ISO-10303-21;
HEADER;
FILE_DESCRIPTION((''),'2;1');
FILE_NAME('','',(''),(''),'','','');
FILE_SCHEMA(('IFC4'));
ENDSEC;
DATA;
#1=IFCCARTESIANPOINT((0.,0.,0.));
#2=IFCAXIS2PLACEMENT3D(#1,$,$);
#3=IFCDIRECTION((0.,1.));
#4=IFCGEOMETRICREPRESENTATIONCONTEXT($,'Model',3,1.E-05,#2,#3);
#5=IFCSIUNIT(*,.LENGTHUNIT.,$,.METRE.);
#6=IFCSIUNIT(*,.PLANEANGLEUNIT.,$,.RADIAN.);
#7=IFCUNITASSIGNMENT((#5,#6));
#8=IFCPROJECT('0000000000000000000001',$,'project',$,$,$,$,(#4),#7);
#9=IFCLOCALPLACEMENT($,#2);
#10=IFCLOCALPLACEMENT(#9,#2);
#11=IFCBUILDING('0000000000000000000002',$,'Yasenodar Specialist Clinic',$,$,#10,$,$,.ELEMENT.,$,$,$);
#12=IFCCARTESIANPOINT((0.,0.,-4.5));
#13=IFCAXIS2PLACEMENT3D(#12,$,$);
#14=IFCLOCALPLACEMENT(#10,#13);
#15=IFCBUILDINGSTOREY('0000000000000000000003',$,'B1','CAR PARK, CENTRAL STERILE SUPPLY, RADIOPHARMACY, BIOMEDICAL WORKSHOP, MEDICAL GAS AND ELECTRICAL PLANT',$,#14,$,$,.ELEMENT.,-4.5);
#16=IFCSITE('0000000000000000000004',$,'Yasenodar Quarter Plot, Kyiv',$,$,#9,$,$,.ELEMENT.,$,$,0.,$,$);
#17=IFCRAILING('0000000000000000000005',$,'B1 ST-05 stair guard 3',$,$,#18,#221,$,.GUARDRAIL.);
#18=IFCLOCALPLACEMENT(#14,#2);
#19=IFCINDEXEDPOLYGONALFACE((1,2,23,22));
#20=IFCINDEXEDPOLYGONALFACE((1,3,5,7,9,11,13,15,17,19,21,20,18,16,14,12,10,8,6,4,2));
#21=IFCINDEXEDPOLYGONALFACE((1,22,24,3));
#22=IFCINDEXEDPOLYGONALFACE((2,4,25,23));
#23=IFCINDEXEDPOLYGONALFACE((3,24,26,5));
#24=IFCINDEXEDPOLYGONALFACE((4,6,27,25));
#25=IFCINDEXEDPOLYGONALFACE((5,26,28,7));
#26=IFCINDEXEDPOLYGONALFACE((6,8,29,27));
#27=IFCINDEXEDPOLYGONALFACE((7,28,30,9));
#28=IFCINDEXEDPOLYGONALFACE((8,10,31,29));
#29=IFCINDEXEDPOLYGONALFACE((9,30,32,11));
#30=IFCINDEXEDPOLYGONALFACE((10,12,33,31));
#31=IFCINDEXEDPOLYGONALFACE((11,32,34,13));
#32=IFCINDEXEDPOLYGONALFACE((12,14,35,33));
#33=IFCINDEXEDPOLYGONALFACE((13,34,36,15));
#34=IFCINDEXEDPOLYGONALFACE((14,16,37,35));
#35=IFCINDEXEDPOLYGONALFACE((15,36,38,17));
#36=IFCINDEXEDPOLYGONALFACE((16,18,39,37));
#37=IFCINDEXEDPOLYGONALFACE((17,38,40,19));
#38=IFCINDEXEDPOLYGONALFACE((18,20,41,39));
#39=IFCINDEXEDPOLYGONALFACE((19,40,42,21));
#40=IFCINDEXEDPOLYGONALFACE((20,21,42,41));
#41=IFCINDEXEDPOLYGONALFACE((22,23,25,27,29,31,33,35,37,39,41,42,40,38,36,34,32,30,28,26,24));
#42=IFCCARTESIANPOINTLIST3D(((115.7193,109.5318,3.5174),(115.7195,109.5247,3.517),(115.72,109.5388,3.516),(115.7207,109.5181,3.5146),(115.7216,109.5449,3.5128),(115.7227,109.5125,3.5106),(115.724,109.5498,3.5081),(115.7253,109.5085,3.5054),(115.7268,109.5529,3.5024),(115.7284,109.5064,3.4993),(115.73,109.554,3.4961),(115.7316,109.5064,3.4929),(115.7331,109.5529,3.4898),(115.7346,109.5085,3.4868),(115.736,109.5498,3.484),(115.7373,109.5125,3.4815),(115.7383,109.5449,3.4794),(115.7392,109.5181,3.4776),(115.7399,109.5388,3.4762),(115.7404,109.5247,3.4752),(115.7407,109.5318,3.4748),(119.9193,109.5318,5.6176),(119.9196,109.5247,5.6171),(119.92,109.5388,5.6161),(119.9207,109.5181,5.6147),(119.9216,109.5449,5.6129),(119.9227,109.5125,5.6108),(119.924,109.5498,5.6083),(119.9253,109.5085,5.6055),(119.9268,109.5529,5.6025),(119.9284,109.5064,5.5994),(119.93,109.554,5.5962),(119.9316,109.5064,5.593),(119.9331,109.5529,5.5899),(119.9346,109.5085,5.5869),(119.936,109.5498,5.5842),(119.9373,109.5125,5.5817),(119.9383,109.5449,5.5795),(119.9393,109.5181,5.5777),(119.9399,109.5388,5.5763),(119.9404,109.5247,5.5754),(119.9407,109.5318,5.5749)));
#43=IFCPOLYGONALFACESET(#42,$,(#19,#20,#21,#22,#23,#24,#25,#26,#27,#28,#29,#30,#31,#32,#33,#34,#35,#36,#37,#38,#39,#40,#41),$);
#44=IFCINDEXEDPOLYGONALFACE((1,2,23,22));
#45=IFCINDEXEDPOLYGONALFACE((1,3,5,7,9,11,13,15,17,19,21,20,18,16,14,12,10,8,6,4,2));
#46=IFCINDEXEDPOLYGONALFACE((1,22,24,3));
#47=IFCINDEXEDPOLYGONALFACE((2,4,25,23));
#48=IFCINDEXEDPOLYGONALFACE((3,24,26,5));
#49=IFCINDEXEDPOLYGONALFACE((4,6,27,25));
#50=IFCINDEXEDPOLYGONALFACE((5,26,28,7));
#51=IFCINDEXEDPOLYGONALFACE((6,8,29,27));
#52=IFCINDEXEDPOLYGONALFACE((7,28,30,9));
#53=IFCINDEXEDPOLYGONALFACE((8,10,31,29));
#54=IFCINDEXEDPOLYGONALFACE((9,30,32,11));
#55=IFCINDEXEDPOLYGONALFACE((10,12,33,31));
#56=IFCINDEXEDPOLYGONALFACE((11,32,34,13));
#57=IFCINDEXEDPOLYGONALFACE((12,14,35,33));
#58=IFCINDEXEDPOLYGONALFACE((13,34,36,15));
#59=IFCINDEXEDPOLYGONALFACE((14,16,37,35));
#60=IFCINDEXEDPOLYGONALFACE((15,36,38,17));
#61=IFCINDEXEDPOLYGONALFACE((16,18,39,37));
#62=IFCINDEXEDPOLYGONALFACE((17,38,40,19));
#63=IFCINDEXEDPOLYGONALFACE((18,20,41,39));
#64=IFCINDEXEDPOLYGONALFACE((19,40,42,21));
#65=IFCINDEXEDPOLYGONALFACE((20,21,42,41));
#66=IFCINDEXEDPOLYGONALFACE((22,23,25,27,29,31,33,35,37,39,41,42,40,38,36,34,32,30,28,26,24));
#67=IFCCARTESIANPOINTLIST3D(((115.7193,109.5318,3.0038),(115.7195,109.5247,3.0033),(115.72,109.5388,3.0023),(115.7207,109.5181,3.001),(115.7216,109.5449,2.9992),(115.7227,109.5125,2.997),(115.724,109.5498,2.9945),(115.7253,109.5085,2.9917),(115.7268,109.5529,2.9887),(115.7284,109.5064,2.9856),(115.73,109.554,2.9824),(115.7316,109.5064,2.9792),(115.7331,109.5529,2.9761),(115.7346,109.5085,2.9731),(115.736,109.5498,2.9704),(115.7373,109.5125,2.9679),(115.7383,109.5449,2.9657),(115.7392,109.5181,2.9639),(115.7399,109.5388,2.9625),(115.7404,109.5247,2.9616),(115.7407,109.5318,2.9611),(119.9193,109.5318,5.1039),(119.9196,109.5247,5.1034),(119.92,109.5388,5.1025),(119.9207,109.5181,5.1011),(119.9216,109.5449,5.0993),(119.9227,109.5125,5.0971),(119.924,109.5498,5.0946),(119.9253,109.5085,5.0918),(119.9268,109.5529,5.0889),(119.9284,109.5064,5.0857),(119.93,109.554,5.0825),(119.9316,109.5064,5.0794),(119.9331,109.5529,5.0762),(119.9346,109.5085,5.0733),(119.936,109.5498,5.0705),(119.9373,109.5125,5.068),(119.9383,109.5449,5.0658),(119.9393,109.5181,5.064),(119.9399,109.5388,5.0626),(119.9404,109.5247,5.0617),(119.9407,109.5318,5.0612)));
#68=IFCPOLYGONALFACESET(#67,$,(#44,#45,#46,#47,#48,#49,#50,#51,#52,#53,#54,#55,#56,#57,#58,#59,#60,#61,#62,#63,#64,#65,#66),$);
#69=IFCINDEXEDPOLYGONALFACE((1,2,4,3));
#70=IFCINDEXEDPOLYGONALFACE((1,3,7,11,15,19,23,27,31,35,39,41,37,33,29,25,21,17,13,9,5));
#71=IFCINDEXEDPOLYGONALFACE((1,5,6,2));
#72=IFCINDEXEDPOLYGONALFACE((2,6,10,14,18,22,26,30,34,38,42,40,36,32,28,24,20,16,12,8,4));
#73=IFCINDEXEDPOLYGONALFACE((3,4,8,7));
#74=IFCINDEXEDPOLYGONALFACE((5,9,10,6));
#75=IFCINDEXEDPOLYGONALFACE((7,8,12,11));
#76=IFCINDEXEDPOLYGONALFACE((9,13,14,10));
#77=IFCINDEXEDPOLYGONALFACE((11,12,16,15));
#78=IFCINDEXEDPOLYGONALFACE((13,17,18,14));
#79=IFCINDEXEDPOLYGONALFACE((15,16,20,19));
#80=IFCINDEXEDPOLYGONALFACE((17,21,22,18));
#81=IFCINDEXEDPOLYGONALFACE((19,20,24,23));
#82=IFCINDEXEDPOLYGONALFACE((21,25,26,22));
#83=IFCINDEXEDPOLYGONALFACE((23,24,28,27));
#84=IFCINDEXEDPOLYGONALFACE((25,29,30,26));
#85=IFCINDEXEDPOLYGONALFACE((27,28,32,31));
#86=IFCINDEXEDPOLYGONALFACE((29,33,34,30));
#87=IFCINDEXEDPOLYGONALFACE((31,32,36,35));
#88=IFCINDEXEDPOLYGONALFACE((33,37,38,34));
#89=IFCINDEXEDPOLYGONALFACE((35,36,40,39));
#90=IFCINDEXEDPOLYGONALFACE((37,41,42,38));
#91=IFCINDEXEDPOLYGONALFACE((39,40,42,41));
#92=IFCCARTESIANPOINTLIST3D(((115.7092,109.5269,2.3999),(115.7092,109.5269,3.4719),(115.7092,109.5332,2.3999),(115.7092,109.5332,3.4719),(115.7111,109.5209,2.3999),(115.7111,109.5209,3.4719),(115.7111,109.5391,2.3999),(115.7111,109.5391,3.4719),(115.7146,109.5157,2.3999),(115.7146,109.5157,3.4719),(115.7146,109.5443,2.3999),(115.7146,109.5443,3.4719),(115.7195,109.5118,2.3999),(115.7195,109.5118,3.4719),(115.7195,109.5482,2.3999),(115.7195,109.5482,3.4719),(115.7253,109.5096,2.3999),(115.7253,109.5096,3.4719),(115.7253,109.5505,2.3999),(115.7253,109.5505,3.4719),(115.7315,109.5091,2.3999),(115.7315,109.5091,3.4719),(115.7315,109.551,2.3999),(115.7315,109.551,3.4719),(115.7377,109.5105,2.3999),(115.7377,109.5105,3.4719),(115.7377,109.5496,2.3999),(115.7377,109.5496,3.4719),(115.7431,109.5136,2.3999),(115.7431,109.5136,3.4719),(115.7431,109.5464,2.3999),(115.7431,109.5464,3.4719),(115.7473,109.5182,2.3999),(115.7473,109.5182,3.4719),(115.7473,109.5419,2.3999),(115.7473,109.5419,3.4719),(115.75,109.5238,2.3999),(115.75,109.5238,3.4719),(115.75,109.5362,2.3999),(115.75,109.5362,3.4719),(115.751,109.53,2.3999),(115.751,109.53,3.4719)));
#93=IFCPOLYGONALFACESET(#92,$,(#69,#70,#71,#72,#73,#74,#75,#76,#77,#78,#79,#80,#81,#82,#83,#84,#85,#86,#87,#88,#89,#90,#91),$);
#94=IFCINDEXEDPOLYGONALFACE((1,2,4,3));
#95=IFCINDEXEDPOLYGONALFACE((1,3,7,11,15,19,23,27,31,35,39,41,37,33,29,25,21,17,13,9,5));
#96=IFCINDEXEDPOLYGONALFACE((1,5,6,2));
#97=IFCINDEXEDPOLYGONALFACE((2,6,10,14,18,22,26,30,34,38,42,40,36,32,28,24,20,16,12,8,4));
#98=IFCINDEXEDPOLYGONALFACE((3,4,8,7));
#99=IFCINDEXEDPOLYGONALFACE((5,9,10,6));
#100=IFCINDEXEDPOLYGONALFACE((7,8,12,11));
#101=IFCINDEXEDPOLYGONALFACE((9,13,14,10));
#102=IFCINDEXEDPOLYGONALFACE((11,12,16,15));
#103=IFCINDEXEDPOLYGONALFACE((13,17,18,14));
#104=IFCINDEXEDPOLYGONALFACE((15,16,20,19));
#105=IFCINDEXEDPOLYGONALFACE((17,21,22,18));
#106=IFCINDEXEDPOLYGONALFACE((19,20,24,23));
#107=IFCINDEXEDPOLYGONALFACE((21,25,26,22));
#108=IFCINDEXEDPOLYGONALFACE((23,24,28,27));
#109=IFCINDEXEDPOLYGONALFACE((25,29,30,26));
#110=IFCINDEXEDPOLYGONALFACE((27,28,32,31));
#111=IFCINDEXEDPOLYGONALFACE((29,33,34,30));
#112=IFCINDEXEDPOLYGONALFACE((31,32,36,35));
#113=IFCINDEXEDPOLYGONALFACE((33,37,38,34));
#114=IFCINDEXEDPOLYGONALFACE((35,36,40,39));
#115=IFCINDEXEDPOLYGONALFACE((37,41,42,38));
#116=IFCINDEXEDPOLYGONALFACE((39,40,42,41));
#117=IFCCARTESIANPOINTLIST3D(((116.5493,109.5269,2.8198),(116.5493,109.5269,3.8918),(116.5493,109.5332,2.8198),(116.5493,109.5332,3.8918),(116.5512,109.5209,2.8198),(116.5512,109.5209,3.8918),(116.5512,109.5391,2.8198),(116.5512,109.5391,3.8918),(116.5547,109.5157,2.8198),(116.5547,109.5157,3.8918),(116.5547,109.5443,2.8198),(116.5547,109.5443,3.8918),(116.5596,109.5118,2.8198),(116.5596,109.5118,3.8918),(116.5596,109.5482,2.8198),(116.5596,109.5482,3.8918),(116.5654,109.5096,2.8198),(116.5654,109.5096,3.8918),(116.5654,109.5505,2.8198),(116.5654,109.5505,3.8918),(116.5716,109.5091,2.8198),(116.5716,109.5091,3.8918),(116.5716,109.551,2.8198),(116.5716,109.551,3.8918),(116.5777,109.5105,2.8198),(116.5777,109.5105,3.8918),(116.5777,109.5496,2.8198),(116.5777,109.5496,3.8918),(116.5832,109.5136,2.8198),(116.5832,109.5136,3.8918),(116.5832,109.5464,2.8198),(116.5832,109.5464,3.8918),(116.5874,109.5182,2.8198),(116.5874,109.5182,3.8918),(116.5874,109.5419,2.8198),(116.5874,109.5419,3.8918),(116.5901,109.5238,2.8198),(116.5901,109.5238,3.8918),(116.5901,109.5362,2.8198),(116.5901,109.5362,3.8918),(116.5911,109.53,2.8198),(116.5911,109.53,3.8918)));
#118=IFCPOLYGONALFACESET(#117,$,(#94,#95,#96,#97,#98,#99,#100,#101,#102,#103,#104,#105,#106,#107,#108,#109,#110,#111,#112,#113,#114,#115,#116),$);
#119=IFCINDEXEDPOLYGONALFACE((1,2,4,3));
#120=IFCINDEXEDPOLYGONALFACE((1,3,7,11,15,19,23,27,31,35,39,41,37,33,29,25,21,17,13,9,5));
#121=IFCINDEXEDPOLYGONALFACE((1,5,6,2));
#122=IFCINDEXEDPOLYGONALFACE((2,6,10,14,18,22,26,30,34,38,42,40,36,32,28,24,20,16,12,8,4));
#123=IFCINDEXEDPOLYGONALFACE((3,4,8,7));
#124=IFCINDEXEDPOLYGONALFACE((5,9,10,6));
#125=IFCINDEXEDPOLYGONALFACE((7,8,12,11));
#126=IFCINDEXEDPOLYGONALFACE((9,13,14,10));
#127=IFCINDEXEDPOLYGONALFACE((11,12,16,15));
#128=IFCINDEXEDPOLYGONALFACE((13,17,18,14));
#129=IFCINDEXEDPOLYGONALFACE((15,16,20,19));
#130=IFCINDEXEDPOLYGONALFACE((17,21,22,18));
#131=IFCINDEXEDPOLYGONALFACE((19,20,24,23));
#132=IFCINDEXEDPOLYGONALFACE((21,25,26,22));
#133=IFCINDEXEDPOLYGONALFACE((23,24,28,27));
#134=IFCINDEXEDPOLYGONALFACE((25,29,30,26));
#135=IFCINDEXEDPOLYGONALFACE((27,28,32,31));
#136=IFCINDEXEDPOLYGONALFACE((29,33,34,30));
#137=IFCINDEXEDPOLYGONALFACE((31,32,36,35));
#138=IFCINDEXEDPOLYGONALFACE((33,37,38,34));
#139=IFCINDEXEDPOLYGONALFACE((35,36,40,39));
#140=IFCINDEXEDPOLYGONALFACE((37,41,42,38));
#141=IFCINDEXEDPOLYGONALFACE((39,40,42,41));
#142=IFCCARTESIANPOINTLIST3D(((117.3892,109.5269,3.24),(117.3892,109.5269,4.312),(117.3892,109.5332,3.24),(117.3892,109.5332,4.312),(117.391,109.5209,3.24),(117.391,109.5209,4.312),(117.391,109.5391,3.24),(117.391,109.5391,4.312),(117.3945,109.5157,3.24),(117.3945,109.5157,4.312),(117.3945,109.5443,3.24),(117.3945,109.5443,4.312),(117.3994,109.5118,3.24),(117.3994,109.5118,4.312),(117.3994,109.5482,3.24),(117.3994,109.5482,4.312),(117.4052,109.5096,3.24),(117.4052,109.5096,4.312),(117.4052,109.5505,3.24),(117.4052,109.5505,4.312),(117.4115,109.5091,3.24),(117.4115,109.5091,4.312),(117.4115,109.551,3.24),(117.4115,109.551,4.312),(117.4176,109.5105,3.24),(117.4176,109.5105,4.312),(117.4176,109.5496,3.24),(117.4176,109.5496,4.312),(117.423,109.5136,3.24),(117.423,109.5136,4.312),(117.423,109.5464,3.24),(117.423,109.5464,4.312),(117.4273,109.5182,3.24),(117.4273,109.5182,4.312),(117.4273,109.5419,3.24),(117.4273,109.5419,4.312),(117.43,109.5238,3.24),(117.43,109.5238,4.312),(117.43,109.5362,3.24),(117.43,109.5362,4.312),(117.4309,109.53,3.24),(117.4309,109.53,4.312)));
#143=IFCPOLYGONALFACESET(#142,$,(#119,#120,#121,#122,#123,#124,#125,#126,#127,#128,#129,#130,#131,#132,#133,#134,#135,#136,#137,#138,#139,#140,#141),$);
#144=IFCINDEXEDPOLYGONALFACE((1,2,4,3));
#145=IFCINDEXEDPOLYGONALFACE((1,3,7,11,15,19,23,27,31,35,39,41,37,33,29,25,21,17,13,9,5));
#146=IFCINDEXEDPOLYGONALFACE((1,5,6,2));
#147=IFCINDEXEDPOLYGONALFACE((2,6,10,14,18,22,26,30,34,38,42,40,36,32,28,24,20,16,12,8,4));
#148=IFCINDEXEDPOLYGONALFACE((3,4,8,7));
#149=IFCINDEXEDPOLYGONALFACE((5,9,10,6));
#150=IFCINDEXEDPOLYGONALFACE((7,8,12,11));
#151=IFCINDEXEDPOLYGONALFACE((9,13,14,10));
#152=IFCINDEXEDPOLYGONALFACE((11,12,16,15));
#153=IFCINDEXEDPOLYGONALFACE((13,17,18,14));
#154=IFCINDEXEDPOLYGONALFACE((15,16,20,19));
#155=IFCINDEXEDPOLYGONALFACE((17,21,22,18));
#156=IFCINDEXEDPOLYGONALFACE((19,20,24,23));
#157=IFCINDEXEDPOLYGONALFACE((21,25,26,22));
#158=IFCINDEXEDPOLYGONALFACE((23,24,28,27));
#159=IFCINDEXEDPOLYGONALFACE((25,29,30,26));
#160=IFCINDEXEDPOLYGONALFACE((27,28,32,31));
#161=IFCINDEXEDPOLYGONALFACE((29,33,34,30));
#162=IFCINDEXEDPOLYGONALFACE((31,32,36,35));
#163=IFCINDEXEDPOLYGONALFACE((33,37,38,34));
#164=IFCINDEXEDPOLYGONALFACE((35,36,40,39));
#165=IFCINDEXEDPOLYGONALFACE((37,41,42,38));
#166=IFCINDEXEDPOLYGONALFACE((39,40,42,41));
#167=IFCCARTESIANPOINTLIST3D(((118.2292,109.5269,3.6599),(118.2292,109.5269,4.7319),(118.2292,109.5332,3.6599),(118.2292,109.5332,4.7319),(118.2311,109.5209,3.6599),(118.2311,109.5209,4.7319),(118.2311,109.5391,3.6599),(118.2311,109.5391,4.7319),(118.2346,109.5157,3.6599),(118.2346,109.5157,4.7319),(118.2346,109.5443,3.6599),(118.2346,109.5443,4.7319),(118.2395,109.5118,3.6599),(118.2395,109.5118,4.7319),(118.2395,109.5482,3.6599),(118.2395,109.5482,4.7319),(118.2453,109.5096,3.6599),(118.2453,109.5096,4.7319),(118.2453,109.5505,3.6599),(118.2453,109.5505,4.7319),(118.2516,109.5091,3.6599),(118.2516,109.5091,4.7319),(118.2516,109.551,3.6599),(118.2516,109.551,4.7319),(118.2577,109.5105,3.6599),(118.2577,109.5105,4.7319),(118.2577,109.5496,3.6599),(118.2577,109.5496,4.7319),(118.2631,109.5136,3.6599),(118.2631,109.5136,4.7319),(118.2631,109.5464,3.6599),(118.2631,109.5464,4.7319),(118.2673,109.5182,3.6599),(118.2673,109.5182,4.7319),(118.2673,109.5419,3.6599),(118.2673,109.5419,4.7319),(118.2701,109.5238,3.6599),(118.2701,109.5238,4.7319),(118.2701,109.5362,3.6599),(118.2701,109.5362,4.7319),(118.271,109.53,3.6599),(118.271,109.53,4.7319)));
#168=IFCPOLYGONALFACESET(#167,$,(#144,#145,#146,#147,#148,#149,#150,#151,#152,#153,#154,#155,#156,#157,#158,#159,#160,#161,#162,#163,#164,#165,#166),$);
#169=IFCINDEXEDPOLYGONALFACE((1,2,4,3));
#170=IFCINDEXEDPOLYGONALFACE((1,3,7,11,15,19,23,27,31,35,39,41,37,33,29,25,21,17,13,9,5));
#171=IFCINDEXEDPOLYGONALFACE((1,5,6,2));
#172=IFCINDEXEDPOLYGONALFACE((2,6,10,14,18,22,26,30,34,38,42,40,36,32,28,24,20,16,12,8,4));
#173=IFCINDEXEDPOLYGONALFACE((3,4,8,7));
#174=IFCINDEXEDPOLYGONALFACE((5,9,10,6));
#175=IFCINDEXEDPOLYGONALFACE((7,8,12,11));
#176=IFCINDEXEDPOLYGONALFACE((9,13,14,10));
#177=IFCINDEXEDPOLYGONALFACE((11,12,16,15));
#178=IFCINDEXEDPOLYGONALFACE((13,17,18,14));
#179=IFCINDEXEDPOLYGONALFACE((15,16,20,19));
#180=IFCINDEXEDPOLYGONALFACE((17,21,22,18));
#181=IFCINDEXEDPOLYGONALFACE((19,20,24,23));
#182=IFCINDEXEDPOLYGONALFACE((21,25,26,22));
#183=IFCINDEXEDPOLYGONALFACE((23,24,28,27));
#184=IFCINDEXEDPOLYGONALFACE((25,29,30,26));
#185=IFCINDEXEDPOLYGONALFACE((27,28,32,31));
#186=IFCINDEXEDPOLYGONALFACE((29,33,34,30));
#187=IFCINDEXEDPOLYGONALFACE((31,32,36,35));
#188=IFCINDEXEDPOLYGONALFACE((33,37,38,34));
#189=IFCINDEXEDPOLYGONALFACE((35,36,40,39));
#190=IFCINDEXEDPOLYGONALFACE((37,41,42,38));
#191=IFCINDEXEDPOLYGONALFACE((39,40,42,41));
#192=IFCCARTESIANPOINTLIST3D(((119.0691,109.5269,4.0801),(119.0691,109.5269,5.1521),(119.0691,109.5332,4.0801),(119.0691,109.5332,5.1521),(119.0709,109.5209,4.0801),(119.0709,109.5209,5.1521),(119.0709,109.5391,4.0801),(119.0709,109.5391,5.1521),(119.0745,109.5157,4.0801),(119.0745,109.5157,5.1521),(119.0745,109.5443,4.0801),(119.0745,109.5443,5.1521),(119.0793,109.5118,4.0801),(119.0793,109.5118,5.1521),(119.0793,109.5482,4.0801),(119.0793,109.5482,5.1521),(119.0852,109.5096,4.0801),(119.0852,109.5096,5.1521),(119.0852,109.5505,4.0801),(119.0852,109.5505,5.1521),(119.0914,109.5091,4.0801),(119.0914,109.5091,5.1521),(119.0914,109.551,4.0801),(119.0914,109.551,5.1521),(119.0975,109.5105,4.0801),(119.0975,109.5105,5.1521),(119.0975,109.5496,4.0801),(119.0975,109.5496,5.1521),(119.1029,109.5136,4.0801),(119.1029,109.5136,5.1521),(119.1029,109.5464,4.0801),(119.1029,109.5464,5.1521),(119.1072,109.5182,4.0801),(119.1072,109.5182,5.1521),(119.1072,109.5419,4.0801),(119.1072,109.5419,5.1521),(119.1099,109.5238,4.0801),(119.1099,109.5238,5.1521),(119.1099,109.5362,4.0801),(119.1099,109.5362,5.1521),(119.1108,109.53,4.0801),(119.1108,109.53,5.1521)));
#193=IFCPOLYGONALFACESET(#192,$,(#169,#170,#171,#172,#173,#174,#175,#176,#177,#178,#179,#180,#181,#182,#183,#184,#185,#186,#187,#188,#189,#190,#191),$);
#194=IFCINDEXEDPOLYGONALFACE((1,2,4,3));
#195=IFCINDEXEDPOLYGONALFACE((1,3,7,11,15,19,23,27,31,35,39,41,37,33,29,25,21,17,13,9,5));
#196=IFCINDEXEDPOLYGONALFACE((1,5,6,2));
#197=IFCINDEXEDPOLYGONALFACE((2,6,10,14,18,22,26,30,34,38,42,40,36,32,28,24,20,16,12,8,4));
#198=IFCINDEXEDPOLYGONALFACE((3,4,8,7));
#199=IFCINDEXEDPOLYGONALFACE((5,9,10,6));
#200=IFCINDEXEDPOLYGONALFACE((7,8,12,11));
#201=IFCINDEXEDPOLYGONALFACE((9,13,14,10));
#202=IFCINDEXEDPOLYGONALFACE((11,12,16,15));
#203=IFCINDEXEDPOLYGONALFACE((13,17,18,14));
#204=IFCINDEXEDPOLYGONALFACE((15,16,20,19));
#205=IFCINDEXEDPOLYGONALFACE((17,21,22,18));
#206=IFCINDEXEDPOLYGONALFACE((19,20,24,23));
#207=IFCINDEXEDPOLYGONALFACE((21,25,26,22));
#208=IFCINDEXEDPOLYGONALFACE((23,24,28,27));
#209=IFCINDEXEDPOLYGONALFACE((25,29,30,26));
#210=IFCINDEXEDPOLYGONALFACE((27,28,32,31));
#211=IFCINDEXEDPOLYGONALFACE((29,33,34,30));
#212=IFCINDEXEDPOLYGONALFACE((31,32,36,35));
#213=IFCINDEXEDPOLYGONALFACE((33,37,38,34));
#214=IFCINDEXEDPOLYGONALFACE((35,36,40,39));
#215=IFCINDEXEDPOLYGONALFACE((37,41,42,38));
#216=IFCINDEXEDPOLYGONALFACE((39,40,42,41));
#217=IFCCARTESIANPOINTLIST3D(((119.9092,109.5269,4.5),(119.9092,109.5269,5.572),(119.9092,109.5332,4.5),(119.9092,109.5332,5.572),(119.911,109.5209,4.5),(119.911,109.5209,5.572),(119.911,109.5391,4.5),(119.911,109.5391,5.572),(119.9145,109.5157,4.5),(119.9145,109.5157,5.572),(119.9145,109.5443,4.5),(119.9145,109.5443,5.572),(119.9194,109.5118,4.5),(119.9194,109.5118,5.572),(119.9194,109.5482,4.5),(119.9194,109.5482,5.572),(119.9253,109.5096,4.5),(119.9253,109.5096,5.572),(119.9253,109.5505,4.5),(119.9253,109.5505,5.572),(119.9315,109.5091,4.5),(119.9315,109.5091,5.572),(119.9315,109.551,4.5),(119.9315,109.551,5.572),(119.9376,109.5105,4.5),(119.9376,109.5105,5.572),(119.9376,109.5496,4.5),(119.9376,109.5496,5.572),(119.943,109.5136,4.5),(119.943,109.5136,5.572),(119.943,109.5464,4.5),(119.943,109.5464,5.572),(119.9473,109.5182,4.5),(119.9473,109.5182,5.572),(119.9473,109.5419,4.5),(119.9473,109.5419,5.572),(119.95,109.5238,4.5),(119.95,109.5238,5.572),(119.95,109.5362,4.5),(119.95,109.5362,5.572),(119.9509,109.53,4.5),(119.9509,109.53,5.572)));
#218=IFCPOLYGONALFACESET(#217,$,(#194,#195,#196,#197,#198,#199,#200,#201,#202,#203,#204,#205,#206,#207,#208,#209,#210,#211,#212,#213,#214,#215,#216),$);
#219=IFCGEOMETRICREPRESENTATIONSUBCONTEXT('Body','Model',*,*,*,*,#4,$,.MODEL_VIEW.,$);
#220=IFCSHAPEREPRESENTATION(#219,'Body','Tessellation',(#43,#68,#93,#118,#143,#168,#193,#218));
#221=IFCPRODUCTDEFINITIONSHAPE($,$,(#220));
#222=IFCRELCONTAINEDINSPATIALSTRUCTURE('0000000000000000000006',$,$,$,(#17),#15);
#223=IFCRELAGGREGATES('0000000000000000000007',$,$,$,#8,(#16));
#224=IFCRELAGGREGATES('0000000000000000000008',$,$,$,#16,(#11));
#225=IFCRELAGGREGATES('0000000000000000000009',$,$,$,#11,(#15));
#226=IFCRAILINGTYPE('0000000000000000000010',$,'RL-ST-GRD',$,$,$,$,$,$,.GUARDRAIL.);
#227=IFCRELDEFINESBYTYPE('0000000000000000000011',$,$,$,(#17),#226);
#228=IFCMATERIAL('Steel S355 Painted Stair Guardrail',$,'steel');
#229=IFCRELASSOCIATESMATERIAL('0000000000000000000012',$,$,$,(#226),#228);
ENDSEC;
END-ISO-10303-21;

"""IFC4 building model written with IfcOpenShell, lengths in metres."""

from ifc_helpers import new_model, si_unit, direction, frame, origin, origin_2d, place, context, subcontext, project, spatial, circle, extrude, material, type_object, element, save


model = new_model("IFC4")

# Units and contexts
model_context = context("Model", 3, precision=1e-05, world=origin(), true_north=direction((0.0, 1.0)))
body_context = subcontext(model_context, "Body", "Model", "MODEL_VIEW")
ifc_project = project(units=[si_unit("LENGTHUNIT", "METRE"), si_unit("PLANEANGLEUNIT", "RADIAN")], contexts=[model_context])

# Site, building, storey
site_placement = place(None, origin())
site = spatial("IfcSite", under=ifc_project, at=site_placement, Name="Yasenodar Quarter Plot, Kyiv", CompositionType="ELEMENT", RefElevation=0.0)
building_placement = place(site_placement, origin())
building = spatial("IfcBuilding", under=site, at=building_placement, Name="Yasenodar Specialist Clinic", CompositionType="ELEMENT")
storey_placement = place(building_placement, frame((0.0, 0.0, -4.5)))
storey = spatial("IfcBuildingStorey", under=building, at=storey_placement, Name="B1", Description="CAR PARK, CENTRAL STERILE SUPPLY, RADIOPHARMACY, BIOMEDICAL WORKSHOP, MEDICAL GAS AND ELECTRICAL PLANT", CompositionType="ELEMENT", Elevation=-4.5)

# Railing
ifc_material_1 = material(Name="Steel S355 Painted Stair Guardrail", Category="steel")
railing_type_1 = type_object("IfcRailingType", Name="RL-ST-GRD", PredefinedType="GUARDRAIL", material=ifc_material_1)
railing_1_placement = place(storey_placement, frame((115.73, 109.53, 2.3999)))
element("IfcRailing", 1, at=railing_1_placement, inside=storey, type_object=railing_type_1, Name="B1 ST-05 stair guard 3", PredefinedType="GUARDRAIL", context=body_context, shape_type="SweptSolid", body=[
    extrude(circle(Radius=0.0239, at=origin_2d()), frame((0.0, 0.0, 1.0962), z_axis=(0.894417, 0.0, 0.447234), x_axis=(0.0, 1.0, 0.0)), (0.0, 0.0, 1.0), 4.6958),
    extrude(circle(Radius=0.0239, at=origin_2d()), frame((0.0, 0.0, 0.5825), z_axis=(0.894417, 0.0, 0.447234), x_axis=(0.0, 1.0, 0.0)), (0.0, 0.0, 1.0), 4.6958),
    extrude(circle(Radius=0.021, at=origin_2d()), origin(), (0.0, 0.0, 1.0), 1.072),
    extrude(circle(Radius=0.021, at=origin_2d()), frame((0.8401, 0.0, 0.4199)), (0.0, 0.0, 1.0), 1.072),
    extrude(circle(Radius=0.021, at=origin_2d()), frame((1.6799, 0.0, 0.8401)), (0.0, 0.0, 1.0), 1.072),
    extrude(circle(Radius=0.021, at=origin_2d()), frame((2.52, 0.0, 1.26)), (0.0, 0.0, 1.0), 1.072),
    extrude(circle(Radius=0.021, at=origin_2d()), frame((3.3599, 0.0, 1.6802)), (0.0, 0.0, 1.0), 1.072),
    extrude(circle(Radius=0.021, at=origin_2d()), frame((4.2, 0.0, 2.1001)), (0.0, 0.0, 1.0), 1.072),
])

save(model, "model.ifc")
